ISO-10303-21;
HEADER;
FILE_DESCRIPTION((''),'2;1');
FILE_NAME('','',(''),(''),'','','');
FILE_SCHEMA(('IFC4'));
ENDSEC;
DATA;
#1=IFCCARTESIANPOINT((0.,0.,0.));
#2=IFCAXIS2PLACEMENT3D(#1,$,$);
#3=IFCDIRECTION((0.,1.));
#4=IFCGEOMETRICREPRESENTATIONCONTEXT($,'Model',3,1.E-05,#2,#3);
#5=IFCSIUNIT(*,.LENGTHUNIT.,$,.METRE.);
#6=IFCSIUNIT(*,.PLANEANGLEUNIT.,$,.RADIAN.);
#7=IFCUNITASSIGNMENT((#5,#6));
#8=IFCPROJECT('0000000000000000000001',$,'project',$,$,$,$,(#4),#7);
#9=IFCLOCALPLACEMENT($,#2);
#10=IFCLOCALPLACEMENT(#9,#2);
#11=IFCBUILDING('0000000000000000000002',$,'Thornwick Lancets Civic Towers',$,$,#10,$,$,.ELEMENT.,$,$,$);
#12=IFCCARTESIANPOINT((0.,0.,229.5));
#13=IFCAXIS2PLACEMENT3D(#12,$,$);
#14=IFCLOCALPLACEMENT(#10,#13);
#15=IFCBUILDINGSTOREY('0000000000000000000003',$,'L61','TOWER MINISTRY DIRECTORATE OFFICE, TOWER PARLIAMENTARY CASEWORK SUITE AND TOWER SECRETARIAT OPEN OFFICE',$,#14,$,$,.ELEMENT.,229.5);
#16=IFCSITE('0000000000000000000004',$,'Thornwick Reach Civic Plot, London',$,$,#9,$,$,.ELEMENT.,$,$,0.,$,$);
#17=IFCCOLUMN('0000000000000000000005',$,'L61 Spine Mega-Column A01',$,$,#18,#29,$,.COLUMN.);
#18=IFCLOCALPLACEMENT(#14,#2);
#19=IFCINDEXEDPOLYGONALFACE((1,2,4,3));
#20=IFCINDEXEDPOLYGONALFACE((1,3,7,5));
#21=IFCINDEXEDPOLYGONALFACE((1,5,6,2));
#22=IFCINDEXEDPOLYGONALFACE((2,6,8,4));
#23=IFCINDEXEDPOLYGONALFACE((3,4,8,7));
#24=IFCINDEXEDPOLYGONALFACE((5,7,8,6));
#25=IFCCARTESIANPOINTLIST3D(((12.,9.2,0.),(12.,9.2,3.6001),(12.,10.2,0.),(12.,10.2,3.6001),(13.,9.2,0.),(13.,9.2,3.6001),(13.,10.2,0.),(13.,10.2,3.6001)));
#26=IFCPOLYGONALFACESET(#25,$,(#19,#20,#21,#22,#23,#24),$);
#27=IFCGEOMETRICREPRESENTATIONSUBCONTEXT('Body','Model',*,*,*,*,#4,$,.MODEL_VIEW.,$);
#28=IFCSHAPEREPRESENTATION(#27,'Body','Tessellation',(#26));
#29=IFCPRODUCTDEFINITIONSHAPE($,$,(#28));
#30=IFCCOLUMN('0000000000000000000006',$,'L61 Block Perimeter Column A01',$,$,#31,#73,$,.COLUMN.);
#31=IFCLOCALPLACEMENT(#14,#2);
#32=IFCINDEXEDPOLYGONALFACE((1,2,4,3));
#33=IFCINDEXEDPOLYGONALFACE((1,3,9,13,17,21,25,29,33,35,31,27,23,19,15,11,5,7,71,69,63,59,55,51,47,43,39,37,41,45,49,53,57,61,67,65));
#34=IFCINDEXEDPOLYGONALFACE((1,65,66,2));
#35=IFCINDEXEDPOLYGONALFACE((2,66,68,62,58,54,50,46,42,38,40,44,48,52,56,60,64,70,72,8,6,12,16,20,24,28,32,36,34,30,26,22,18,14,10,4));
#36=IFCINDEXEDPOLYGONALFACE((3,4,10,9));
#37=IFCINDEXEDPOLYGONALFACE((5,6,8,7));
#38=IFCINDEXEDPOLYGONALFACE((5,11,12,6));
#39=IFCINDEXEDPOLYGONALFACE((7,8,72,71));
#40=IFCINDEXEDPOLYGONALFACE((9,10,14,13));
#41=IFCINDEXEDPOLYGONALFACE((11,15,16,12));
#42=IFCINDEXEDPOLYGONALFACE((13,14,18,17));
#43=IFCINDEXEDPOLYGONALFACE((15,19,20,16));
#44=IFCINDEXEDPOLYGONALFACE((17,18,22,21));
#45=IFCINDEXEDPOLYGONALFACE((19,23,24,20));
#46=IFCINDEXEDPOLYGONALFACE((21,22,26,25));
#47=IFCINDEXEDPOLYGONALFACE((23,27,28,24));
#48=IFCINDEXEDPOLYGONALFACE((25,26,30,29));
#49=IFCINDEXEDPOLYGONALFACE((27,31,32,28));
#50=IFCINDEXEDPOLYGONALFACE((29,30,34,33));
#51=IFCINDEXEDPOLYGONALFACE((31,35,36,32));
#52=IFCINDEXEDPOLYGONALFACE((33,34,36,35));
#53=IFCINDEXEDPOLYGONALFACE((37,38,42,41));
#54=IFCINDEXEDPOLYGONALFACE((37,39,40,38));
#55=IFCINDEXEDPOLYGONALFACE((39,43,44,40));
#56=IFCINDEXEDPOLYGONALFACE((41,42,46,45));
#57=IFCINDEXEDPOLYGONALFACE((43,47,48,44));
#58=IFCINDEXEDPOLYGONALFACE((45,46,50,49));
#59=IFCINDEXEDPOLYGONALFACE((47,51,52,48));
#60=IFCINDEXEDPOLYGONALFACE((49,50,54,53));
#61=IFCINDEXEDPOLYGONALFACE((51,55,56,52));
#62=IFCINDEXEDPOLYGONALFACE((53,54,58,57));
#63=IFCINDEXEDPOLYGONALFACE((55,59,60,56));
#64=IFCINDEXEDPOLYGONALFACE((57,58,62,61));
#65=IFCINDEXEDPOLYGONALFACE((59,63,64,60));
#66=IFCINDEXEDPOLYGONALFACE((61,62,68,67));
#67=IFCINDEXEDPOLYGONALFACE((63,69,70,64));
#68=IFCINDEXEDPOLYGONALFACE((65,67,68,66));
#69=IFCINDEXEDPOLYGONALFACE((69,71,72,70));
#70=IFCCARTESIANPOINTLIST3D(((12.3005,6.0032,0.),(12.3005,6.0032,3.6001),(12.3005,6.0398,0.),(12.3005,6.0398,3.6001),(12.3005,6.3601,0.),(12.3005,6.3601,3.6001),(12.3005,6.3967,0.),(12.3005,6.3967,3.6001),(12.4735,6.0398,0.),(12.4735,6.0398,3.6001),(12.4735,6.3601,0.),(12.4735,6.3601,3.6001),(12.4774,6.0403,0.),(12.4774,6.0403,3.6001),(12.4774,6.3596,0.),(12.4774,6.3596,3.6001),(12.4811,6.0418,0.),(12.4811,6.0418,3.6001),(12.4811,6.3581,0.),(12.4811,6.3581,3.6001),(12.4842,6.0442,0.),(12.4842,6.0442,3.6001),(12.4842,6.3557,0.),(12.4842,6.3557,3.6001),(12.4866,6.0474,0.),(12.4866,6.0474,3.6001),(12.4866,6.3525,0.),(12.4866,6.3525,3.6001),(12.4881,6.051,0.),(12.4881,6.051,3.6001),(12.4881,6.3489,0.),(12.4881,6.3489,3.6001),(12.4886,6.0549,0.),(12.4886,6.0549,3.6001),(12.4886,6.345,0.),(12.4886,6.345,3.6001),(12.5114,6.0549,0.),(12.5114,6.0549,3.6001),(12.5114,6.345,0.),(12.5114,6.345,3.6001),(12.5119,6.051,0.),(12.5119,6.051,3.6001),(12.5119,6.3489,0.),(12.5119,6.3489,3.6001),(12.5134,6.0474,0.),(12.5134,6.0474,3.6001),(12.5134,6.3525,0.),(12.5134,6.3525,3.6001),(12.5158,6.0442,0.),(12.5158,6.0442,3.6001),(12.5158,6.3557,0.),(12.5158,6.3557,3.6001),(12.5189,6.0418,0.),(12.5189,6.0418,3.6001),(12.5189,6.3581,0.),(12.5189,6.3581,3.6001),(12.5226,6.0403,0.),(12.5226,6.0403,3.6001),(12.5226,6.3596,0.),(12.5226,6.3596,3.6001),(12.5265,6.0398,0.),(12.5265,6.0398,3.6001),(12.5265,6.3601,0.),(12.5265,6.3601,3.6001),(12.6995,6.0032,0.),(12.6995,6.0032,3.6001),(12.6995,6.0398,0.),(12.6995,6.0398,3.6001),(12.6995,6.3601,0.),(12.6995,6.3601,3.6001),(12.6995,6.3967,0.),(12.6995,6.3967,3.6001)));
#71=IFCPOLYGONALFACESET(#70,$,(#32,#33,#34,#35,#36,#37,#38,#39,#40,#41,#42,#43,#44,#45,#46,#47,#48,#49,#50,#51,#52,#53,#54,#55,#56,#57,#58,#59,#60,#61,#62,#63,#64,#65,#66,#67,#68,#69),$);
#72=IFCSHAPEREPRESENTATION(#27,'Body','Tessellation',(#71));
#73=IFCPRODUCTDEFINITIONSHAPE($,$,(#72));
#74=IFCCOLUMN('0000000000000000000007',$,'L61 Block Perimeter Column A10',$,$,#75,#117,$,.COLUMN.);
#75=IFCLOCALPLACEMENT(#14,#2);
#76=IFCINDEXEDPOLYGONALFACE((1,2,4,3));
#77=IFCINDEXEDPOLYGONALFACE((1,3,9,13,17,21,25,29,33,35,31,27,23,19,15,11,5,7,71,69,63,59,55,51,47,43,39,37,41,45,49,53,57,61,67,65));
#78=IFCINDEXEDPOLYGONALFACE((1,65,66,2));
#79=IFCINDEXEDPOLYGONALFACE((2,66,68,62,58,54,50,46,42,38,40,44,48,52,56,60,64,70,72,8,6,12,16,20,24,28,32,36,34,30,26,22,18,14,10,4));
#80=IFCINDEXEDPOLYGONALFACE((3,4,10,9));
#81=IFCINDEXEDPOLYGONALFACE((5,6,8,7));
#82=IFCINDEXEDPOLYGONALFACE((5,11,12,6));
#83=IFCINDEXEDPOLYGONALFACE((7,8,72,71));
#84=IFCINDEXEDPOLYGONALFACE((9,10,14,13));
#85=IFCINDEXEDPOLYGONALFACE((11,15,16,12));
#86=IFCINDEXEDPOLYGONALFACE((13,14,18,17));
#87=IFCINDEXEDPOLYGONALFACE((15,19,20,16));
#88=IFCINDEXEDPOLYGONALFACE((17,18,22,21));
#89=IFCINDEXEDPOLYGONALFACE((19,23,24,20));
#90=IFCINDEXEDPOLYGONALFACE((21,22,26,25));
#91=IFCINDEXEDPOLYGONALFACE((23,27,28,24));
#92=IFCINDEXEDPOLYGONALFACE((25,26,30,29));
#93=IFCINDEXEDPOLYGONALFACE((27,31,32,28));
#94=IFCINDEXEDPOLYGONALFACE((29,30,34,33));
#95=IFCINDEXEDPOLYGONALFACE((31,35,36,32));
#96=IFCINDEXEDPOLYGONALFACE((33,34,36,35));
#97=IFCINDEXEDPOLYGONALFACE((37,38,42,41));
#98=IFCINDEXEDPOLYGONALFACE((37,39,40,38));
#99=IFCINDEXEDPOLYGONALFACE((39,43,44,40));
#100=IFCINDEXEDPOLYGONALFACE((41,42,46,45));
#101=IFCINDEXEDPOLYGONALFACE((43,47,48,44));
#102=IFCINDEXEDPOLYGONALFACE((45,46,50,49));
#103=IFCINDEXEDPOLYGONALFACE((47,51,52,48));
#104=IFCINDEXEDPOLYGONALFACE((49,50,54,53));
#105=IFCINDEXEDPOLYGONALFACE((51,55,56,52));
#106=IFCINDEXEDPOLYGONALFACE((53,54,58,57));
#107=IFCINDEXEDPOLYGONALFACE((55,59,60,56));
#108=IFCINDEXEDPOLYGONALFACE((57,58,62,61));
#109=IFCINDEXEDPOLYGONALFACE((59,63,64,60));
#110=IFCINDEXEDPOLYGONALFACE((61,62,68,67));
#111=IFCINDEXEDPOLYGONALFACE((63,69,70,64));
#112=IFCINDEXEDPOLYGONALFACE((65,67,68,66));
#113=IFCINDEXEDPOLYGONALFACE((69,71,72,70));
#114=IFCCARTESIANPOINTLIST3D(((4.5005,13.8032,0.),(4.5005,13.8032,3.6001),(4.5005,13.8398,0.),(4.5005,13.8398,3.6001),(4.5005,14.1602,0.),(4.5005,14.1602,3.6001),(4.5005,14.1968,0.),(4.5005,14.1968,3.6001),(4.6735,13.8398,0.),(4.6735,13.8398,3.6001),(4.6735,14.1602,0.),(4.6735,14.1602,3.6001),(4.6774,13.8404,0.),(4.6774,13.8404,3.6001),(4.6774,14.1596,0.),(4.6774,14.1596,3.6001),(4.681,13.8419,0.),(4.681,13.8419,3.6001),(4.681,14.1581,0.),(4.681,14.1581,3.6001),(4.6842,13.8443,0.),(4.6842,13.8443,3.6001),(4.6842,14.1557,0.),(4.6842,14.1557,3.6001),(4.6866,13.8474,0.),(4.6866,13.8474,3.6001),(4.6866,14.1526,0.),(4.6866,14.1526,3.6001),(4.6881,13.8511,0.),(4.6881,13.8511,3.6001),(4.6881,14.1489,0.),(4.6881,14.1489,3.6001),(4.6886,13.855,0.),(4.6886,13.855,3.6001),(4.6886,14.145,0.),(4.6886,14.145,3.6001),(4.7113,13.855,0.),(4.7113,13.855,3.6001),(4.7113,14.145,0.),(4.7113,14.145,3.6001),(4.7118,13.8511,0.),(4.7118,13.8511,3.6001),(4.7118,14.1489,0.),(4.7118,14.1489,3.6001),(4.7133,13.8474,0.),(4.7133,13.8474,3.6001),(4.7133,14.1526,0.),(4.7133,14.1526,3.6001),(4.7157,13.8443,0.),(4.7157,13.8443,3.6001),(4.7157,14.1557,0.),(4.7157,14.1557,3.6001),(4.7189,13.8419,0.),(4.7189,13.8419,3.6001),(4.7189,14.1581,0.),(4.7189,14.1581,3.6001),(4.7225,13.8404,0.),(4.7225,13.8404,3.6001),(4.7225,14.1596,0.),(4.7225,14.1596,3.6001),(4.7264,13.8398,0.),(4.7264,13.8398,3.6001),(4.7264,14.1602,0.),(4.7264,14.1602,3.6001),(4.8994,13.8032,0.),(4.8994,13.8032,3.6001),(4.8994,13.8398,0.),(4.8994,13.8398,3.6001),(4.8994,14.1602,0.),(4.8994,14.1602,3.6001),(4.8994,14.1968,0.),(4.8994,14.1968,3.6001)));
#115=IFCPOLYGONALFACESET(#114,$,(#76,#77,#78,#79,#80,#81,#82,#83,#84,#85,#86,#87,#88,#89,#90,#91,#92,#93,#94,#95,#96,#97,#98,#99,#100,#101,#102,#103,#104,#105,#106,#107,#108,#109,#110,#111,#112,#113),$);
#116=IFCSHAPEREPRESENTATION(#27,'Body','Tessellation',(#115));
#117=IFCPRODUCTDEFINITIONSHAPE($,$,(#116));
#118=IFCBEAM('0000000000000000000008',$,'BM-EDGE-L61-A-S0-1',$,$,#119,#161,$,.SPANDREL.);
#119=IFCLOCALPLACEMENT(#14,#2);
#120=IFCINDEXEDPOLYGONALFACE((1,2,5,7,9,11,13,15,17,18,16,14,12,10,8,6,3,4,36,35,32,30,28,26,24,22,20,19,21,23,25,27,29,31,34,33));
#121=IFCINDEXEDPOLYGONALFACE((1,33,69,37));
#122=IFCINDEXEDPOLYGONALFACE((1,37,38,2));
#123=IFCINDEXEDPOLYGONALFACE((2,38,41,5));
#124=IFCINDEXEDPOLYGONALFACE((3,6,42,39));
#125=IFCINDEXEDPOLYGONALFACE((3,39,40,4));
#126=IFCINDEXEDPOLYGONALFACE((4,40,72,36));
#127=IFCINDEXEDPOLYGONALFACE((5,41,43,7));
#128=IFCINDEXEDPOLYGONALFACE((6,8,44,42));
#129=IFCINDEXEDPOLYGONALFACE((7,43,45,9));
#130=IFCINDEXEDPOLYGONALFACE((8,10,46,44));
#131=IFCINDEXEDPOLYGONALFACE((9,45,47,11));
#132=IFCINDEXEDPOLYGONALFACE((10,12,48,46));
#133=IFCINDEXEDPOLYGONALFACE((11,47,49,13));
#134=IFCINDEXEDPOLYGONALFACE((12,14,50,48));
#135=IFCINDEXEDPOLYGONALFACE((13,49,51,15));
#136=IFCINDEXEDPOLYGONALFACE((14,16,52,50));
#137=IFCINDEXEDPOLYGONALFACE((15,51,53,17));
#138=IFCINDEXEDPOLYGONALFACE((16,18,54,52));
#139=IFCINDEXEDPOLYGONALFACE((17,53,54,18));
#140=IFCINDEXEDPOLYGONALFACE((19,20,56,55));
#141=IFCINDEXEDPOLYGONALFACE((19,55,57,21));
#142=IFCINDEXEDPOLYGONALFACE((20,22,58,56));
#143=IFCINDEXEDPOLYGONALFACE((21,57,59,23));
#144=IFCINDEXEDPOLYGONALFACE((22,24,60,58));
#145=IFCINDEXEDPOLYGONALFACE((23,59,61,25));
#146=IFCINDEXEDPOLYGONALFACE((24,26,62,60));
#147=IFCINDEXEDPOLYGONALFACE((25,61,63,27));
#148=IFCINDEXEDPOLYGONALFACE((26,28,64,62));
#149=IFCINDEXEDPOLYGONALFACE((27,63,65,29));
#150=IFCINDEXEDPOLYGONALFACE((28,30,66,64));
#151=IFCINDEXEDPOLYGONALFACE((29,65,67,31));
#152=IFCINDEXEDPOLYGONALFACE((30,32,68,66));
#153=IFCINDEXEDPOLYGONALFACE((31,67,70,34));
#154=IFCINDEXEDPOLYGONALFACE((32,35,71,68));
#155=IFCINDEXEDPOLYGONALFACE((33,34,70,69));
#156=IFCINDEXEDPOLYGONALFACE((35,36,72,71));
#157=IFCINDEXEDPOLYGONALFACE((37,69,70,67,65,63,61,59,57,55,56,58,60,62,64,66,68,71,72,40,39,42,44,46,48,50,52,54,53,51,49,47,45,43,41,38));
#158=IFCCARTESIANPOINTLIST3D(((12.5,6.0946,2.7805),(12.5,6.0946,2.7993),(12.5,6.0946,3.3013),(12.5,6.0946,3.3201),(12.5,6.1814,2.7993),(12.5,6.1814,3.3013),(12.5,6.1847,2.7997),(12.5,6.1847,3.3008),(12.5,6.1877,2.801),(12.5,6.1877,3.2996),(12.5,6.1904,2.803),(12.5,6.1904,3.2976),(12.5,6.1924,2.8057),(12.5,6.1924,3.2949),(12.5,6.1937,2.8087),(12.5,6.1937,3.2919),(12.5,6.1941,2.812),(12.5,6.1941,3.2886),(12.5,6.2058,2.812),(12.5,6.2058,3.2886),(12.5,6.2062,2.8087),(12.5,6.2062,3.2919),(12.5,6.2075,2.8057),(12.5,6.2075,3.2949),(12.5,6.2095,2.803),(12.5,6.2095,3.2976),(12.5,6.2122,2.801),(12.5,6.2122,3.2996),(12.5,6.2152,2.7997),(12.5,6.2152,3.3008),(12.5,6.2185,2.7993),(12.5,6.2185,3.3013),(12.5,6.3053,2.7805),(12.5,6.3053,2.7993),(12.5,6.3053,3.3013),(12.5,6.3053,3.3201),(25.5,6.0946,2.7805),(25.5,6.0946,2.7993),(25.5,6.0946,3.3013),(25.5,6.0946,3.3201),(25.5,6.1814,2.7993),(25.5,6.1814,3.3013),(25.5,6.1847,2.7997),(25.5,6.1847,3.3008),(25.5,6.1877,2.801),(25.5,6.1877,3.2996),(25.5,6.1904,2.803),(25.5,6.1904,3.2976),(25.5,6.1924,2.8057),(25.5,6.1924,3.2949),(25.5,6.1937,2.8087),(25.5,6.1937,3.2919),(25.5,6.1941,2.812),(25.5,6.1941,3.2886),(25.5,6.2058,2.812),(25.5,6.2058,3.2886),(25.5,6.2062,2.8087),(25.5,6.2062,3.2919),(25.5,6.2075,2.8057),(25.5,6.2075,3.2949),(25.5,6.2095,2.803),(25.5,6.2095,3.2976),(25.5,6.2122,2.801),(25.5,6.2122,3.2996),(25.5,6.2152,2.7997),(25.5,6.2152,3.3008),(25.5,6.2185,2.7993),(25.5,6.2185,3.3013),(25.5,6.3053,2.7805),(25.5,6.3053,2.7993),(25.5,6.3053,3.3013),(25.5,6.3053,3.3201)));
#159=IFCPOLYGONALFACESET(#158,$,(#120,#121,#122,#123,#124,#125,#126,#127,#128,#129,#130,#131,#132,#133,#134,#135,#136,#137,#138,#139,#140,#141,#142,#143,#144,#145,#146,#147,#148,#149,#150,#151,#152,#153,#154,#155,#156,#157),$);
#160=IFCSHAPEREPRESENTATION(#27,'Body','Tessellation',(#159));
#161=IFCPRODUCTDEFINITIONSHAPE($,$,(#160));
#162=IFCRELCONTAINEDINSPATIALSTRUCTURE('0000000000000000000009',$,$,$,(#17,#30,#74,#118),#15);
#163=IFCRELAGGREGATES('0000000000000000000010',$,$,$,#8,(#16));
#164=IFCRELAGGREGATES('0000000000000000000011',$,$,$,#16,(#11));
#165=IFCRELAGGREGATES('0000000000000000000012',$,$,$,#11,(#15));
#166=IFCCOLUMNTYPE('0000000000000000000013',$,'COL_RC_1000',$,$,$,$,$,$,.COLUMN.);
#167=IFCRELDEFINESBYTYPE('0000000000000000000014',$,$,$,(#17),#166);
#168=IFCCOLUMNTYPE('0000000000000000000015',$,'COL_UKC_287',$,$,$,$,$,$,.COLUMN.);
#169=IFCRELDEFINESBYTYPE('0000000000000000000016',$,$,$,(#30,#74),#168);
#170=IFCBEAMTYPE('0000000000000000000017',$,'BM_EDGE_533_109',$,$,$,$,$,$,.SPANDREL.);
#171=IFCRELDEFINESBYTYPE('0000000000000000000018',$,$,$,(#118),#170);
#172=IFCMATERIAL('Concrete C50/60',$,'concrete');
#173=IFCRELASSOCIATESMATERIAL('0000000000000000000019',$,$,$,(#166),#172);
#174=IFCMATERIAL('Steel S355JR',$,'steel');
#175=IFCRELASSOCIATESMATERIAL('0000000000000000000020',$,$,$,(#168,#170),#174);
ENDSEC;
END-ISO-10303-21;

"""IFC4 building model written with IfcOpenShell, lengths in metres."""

from ifc_helpers import new_model, si_unit, direction, frame, origin, origin_2d, place, context, subcontext, project, spatial, rectangle, i_section, extrude, material, material_profile, profile_set, type_object, element, save


model = new_model("IFC4")

# Units and contexts
model_context = context("Model", 3, precision=1e-05, world=origin(), true_north=direction((0.0, 1.0)))
body_context = subcontext(model_context, "Body", "Model", "MODEL_VIEW")
ifc_project = project(units=[si_unit("LENGTHUNIT", "METRE"), si_unit("PLANEANGLEUNIT", "RADIAN")], contexts=[model_context])

# Site, building, storey
site_placement = place(None, origin())
site = spatial("IfcSite", under=ifc_project, at=site_placement, Name="Thornwick Reach Civic Plot, London", CompositionType="ELEMENT", RefElevation=0.0)
building_placement = place(site_placement, origin())
building = spatial("IfcBuilding", under=site, at=building_placement, Name="Thornwick Lancets Civic Towers", CompositionType="ELEMENT")
storey_placement = place(building_placement, frame((0.0, 0.0, 229.5)))
storey = spatial("IfcBuildingStorey", under=building, at=storey_placement, Name="L61", Description="TOWER MINISTRY DIRECTORATE OFFICE, TOWER PARLIAMENTARY CASEWORK SUITE AND TOWER SECRETARIAT OPEN OFFICE", CompositionType="ELEMENT", Elevation=229.5)

# Columns
ifc_material_1 = material(Name="Concrete C50/60", Category="concrete")
ifc_material_profile_1 = material_profile(ifc_material_1, rectangle(XDim=1.0, YDim=1.0, at=origin_2d()), Name="RC 1000x1000")
ifc_profile_set_1 = profile_set([ifc_material_profile_1], Name="Concrete C50/60")
column_type_1 = type_object("IfcColumnType", Name="COL_RC_1000", PredefinedType="COLUMN", material=ifc_profile_set_1)
column_placement = place(storey_placement, frame((12.5, 9.7, 0.0), z_axis=(0.0, 0.0, 1.0), x_axis=(1.0, 0.0, 0.0)))
element("IfcColumn", 1, at=column_placement, inside=storey, type_object=column_type_1, Name="L61 Spine Mega-Column A01", PredefinedType="COLUMN", context=body_context, shape_type="SweptSolid", body=[
    extrude(rectangle(XDim=1.0, YDim=1.0, at=origin_2d()), origin(), (0.0, 0.0, 1.0), 3.6001),
])
ifc_material_2 = material(Name="Steel S355JR", Category="steel")
ifc_material_profile_2 = material_profile(ifc_material_2, i_section(OverallWidth=0.3989, OverallDepth=0.3936, WebThickness=0.0227, FlangeThickness=0.0366, FilletRadius=0.0151, at=origin_2d()), Name="UKC 356x406x287")
ifc_profile_set_2 = profile_set([ifc_material_profile_2], Name="Steel S355JR")
column_type_2 = type_object("IfcColumnType", Name="COL_UKC_287", PredefinedType="COLUMN", material=ifc_profile_set_2)
for number, where, z_axis, x_axis, name in (
    (2, (12.5, 6.2, 0.0), (0.0, 0.0, 1.0), (1.0, 0.0, 0.0), "L61 Block Perimeter Column A01"),
    (3, (4.7, 14.0, 0.0), (0.0, 0.0, 1.0), (1.0, 0.0, 0.0), "L61 Block Perimeter Column A10"),
):
    element("IfcColumn", number, at=place(storey_placement, frame(where, z_axis=z_axis, x_axis=x_axis)), inside=storey, type_object=column_type_2, Name=name, PredefinedType="COLUMN", context=body_context, shape_type="SweptSolid", body=[
        extrude(i_section(OverallWidth=0.3989, OverallDepth=0.3936, WebThickness=0.0227, FlangeThickness=0.0366, FilletRadius=0.0151, at=origin_2d()), origin(), (0.0, 0.0, 1.0), 3.6001),
    ])

# Beam
ifc_material_profile_3 = material_profile(ifc_material_2, i_section(OverallWidth=0.2107, OverallDepth=0.5396, WebThickness=0.0117, FlangeThickness=0.0188, FilletRadius=0.0127, at=origin_2d()), Name="UKB 533x210x109")
ifc_profile_set_3 = profile_set([ifc_material_profile_3], Name="Steel S355JR")
beam_type_1 = type_object("IfcBeamType", Name="BM_EDGE_533_109", PredefinedType="SPANDREL", material=ifc_profile_set_3)
for number, where, z_axis, x_axis, name in (
    (4, (12.5, 6.2, 3.0503), (1.0, 0.0, 0.0), (0.0, 1.0, 0.0), "BM-EDGE-L61-A-S0-1"),
):
    element("IfcBeam", number, at=place(storey_placement, frame(where, z_axis=z_axis, x_axis=x_axis)), inside=storey, type_object=beam_type_1, Name=name, PredefinedType="SPANDREL", context=body_context, shape_type="SweptSolid", body=[
        extrude(i_section(OverallWidth=0.2107, OverallDepth=0.5396, WebThickness=0.0117, FlangeThickness=0.0188, FilletRadius=0.0127, at=origin_2d()), origin(), (0.0, 0.0, 1.0), 13.0),
    ])

save(model, "model.ifc")
